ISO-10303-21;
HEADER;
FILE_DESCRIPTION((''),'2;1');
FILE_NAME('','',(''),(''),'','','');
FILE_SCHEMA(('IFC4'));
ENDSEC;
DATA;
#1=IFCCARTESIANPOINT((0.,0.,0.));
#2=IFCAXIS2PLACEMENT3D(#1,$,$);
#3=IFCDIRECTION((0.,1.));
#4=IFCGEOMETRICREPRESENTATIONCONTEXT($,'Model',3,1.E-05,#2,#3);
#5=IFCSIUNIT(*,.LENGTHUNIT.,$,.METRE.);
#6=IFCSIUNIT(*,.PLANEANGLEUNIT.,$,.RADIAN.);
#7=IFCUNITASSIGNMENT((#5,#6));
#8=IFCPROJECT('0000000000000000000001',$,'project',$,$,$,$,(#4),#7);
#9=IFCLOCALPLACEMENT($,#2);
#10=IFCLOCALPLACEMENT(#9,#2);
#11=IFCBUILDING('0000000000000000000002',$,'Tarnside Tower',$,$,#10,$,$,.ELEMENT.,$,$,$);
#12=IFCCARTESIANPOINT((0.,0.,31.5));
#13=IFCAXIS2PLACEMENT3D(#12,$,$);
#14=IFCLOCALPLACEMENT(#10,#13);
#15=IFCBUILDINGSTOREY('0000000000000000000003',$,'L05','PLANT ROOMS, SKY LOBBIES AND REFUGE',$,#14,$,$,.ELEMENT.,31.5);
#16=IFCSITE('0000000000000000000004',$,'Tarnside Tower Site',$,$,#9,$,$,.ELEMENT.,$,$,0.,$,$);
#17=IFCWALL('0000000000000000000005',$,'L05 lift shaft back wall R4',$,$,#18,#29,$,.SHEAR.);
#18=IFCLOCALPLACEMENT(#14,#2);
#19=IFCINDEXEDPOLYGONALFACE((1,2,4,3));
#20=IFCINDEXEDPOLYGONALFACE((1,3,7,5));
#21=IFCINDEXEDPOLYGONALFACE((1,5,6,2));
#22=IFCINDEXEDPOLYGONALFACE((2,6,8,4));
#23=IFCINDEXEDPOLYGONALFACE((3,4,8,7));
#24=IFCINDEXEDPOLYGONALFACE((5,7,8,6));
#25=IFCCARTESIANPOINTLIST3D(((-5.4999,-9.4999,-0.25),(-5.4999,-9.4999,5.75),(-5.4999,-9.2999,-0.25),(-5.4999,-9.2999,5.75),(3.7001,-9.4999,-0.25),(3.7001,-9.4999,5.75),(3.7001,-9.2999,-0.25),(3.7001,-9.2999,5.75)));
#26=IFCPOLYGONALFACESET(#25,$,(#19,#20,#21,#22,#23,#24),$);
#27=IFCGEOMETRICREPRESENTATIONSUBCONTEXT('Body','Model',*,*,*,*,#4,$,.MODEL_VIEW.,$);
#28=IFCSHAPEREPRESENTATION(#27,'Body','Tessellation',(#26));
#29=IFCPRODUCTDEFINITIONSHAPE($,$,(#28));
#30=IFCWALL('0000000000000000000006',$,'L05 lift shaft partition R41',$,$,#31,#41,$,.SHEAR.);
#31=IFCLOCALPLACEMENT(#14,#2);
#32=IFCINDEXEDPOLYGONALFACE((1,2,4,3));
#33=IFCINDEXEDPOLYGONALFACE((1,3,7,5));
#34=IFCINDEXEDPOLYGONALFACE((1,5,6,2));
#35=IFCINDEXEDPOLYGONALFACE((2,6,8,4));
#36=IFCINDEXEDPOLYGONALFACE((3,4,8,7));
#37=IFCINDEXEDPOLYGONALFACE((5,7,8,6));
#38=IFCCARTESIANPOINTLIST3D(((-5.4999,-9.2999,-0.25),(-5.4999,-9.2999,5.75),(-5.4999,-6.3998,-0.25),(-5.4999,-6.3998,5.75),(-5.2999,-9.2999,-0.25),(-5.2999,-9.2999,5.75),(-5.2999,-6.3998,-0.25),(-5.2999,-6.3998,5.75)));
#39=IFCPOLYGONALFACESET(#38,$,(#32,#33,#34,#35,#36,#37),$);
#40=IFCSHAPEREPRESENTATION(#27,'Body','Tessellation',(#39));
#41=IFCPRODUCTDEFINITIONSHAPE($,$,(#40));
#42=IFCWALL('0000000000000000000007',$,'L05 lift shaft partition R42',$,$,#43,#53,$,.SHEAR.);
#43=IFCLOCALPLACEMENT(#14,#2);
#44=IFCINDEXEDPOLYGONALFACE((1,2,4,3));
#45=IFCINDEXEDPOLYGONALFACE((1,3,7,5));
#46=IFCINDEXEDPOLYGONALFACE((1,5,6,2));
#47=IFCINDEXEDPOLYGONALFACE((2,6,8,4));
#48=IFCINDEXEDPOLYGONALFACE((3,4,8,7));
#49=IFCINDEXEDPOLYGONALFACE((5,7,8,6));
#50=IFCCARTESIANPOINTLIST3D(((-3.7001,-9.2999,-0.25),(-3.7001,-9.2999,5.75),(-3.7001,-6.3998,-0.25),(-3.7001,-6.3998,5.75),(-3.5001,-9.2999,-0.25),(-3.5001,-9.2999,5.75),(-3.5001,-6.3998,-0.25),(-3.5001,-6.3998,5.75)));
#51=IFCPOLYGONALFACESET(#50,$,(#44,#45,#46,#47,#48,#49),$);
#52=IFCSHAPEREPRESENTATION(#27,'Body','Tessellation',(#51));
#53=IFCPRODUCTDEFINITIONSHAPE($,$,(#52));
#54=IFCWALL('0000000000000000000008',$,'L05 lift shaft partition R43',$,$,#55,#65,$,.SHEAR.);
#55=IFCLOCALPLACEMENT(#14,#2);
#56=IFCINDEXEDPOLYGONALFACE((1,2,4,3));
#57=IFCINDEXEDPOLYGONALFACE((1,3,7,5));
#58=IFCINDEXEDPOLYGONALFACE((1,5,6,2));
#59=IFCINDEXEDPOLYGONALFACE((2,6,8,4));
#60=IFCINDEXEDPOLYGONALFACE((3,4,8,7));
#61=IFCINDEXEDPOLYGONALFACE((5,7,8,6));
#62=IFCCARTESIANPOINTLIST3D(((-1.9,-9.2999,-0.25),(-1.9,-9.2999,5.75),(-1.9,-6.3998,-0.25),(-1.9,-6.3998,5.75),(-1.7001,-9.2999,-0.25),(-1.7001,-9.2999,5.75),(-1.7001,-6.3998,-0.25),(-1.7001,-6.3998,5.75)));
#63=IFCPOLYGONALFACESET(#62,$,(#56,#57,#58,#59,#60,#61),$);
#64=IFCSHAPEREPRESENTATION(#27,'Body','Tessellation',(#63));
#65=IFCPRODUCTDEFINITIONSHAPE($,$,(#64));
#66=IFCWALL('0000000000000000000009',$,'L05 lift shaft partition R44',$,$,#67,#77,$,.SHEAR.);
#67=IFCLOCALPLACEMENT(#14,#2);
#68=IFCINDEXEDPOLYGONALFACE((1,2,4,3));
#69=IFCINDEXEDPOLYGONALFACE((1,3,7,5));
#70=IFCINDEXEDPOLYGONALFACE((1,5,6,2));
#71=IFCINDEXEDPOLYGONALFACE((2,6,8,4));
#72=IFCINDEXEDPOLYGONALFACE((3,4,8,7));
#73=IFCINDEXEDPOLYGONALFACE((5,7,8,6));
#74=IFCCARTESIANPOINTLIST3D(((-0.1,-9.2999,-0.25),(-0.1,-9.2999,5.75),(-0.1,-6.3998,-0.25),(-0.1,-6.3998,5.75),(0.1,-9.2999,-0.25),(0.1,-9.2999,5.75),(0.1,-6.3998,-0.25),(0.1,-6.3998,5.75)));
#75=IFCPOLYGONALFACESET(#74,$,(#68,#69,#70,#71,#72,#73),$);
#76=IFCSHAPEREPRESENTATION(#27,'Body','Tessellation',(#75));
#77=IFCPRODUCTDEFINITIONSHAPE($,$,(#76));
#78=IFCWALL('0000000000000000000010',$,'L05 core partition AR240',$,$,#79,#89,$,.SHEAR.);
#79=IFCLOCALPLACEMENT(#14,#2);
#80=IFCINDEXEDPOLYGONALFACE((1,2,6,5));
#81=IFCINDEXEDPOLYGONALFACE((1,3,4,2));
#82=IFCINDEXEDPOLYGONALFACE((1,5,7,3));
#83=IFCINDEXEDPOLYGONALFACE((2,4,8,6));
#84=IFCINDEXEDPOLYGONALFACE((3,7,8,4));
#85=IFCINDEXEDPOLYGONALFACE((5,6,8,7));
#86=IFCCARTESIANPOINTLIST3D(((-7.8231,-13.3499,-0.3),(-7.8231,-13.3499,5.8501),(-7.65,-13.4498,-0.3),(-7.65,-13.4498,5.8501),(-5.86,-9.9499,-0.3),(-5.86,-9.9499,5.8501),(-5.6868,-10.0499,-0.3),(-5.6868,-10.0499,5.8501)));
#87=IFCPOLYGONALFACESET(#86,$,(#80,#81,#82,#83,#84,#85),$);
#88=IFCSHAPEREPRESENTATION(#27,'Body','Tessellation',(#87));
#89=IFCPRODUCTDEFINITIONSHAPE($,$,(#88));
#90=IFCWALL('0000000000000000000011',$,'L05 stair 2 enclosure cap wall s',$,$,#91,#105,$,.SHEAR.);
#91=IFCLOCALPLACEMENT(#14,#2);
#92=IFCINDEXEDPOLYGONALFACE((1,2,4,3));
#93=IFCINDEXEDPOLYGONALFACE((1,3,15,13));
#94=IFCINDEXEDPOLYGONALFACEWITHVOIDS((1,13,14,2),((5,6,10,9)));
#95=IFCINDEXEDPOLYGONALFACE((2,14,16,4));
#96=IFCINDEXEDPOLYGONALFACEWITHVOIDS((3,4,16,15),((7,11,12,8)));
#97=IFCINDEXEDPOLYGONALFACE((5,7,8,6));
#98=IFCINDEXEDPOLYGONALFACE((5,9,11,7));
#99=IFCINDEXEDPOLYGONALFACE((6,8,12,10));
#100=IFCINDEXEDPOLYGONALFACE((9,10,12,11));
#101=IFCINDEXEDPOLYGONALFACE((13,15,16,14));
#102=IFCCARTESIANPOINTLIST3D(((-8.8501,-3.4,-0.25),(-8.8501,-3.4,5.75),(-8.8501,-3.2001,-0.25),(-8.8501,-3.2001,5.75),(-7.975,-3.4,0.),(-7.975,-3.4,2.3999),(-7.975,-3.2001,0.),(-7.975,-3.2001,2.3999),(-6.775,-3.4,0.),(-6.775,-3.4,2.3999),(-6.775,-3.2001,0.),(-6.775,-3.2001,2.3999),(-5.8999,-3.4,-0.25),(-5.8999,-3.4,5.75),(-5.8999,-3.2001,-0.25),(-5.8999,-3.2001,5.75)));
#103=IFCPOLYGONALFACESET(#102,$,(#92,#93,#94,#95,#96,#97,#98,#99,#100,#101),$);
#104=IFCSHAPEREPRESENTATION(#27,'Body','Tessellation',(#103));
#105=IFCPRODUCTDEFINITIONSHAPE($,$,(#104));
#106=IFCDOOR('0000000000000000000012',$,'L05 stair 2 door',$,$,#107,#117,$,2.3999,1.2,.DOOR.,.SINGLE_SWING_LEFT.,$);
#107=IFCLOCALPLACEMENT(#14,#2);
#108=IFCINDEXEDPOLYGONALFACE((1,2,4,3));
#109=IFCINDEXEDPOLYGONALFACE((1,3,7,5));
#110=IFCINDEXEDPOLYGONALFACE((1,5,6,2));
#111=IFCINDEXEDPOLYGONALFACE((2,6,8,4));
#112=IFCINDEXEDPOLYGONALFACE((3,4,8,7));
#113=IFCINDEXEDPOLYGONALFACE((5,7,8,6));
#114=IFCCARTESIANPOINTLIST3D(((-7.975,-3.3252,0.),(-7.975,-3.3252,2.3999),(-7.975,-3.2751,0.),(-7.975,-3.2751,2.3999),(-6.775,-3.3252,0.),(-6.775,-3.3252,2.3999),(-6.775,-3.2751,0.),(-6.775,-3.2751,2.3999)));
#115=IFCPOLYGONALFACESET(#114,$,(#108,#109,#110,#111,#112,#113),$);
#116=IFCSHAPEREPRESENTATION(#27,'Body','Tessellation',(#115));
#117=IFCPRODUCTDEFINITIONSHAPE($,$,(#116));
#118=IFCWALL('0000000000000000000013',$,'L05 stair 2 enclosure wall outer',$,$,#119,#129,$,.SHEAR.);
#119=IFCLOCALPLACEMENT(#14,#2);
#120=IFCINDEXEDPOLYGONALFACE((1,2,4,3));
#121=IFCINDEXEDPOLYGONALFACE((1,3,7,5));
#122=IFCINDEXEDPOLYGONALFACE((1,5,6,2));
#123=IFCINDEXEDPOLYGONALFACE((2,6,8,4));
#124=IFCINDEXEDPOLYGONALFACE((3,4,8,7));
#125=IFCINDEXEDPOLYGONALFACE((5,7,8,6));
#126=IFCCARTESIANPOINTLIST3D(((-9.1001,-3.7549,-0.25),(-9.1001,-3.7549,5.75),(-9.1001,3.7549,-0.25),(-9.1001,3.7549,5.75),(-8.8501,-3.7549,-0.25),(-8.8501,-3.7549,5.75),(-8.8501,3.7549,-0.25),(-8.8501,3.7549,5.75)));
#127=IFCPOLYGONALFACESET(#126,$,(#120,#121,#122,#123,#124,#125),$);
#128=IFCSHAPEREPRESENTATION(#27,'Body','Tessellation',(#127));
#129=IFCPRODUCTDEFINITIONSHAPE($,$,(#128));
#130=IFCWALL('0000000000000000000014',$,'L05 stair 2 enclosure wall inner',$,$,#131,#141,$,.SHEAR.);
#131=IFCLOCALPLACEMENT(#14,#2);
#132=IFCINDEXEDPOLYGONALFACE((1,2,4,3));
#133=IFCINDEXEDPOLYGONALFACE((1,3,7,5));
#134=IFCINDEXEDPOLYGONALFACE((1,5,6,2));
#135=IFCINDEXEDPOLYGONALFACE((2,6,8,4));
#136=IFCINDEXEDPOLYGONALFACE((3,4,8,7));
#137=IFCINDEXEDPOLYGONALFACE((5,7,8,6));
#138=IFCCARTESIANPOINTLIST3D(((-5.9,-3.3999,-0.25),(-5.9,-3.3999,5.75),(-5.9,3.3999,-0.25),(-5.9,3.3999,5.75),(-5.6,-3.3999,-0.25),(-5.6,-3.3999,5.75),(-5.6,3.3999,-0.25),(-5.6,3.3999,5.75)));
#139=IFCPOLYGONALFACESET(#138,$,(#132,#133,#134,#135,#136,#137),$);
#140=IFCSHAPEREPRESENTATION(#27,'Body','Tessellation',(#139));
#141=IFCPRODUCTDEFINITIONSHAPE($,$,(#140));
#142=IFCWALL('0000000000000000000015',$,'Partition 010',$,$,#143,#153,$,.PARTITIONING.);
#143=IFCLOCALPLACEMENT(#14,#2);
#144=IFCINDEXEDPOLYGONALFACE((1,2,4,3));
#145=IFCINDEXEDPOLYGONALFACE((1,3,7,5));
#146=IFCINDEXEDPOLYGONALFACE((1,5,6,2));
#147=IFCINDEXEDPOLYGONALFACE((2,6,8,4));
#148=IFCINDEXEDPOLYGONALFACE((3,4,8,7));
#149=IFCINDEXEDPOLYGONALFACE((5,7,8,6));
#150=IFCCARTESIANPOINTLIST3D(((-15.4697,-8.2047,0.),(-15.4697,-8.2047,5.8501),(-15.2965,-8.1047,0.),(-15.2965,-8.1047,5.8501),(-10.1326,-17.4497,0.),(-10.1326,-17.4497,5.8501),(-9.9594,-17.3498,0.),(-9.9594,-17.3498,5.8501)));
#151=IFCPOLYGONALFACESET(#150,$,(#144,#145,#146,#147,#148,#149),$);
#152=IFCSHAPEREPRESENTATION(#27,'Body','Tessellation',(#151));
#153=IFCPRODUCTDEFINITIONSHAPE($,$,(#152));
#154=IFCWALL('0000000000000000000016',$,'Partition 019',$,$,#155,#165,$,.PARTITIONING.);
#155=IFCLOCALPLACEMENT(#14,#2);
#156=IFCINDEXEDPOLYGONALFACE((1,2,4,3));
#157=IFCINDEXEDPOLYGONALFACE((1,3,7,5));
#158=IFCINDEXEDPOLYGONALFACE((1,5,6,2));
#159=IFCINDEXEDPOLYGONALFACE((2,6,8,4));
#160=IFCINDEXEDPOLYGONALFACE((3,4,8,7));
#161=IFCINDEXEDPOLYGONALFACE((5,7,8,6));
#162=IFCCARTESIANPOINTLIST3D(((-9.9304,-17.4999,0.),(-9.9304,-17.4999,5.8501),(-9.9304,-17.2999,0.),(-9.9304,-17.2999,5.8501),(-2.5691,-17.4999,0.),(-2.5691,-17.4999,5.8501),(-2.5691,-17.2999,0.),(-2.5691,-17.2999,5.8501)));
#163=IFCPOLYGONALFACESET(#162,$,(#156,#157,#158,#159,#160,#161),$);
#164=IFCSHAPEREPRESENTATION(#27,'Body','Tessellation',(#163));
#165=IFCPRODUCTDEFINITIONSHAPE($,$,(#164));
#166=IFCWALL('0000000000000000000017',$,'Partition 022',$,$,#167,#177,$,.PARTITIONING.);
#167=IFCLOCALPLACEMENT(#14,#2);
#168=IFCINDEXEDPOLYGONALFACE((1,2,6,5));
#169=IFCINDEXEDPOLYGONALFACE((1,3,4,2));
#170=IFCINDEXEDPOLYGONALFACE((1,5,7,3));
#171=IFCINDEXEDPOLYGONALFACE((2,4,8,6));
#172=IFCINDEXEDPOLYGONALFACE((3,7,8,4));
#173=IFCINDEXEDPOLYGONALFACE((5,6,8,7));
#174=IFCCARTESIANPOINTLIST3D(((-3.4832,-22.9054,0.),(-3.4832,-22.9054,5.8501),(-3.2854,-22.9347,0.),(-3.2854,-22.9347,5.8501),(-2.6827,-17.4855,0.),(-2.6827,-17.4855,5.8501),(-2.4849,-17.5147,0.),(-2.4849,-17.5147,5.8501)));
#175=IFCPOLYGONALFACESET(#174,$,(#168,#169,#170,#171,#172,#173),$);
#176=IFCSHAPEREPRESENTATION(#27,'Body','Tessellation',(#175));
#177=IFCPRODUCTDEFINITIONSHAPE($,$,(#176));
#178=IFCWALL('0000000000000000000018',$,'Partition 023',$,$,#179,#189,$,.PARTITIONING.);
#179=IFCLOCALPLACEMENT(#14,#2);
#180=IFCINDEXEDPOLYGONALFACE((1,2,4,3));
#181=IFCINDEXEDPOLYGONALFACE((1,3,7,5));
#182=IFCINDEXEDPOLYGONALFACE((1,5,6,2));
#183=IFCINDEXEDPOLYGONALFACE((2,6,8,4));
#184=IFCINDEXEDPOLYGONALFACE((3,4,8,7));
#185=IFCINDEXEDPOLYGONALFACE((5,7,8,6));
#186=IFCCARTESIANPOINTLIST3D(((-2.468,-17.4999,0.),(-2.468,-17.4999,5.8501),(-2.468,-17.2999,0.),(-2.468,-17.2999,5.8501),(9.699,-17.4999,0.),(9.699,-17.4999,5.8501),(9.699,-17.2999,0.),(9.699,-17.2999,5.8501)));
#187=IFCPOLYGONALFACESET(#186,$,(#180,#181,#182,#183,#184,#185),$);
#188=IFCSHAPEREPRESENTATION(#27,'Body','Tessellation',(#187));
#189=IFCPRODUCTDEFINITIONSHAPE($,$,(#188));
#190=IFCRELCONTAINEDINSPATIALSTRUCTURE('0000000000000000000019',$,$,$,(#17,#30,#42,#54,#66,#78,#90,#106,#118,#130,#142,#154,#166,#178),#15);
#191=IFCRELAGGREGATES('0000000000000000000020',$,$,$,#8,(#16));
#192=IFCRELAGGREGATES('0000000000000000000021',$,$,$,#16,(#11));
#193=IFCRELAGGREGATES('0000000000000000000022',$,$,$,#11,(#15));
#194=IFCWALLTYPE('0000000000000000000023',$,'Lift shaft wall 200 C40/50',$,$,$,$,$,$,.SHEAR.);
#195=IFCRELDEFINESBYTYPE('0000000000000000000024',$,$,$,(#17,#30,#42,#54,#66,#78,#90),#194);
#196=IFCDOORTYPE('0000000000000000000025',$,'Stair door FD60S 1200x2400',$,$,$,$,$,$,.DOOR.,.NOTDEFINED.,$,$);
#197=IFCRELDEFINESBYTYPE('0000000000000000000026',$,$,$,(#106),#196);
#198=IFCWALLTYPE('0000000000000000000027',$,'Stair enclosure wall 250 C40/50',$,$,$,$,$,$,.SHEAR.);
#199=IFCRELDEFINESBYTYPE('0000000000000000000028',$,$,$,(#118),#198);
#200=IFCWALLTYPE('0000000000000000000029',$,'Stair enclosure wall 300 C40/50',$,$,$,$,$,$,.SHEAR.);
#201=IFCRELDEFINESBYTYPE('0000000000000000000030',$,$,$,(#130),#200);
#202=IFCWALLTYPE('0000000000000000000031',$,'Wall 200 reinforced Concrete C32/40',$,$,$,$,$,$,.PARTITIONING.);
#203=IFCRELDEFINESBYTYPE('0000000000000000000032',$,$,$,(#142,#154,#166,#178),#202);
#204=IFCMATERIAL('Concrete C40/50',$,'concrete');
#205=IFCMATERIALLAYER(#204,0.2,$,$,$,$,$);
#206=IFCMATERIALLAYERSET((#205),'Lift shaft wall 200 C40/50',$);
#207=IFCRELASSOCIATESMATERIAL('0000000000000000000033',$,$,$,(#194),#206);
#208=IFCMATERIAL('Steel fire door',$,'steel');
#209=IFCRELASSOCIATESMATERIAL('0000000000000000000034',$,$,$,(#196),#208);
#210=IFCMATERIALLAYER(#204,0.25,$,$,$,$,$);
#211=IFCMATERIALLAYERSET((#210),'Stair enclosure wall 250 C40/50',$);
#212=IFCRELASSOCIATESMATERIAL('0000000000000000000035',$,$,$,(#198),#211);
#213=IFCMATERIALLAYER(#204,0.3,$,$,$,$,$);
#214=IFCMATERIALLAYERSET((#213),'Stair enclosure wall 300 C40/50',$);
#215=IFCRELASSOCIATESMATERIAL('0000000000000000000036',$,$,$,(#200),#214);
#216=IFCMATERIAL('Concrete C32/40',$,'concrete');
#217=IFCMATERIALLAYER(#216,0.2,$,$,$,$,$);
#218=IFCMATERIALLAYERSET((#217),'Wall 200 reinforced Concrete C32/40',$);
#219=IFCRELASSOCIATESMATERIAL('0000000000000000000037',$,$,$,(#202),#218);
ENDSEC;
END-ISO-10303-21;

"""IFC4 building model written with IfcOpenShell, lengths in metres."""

from ifc_helpers import new_model, si_unit, direction, frame, frame_2d, origin, place, context, subcontext, project, spatial, rectangle, extrude, material, layer, layer_set, type_object, element, fill, save


model = new_model("IFC4")

# Units and contexts
model_context = context("Model", 3, precision=1e-05, world=origin(), true_north=direction((0.0, 1.0)))
body_context = subcontext(model_context, "Body", "Model", "MODEL_VIEW")
ifc_project = project(units=[si_unit("LENGTHUNIT", "METRE"), si_unit("PLANEANGLEUNIT", "RADIAN")], contexts=[model_context])

# Site, building, storey
site_placement = place(None, origin())
site = spatial("IfcSite", under=ifc_project, at=site_placement, Name="Tarnside Tower Site", CompositionType="ELEMENT", RefElevation=0.0)
building_placement = place(site_placement, origin())
building = spatial("IfcBuilding", under=site, at=building_placement, Name="Tarnside Tower", CompositionType="ELEMENT")
storey_placement = place(building_placement, frame((0.0, 0.0, 31.5)))
storey = spatial("IfcBuildingStorey", under=building, at=storey_placement, Name="L05", Description="PLANT ROOMS, SKY LOBBIES AND REFUGE", CompositionType="ELEMENT", Elevation=31.5)

# Shared definitions
ifc_material_1 = material(Name="Concrete C40/50", Category="concrete")

# Shared definitions
ifc_material_2 = material(Name="Steel fire door", Category="steel")

# Shared definitions
ifc_layer_1 = layer(ifc_material_1, 0.2)
ifc_layer_set_1 = layer_set([ifc_layer_1], Name="Lift shaft wall 200 C40/50")
wall_type_1 = type_object("IfcWallType", Name="Lift shaft wall 200 C40/50", PredefinedType="SHEAR", material=ifc_layer_set_1)

# Walls
wall_1_placement = place(storey_placement, frame((-5.5, -9.3999, -0.25), z_axis=(0.0, 0.0, 1.0), x_axis=(1.0, 0.0, 0.0)))
element("IfcWall", 1, at=wall_1_placement, inside=storey, type_object=wall_type_1, Name="L05 lift shaft back wall R4", PredefinedType="SHEAR", context=body_context, shape_type="SweptSolid", body=[
    extrude(rectangle(XDim=9.2, YDim=0.2, at=frame_2d((4.6001, 0.0))), origin(), (0.0, 0.0, 1.0), 6.0),
])
for number, where, z_axis, x_axis, name in (
    (2, (-5.3999, -9.3, -0.25), (0.0, 0.0, 1.0), (0.0, 1.0, 0.0), "L05 lift shaft partition R41"),
    (3, (-3.6001, -9.3, -0.25), (0.0, 0.0, 1.0), (0.0, 1.0, 0.0), "L05 lift shaft partition R42"),
    (4, (-1.8, -9.3, -0.25), (0.0, 0.0, 1.0), (0.0, 1.0, 0.0), "L05 lift shaft partition R43"),
    (5, (0.0, -9.3, -0.25), (0.0, 0.0, 1.0), (0.0, 1.0, 0.0), "L05 lift shaft partition R44"),
):
    element("IfcWall", number, at=place(storey_placement, frame(where, z_axis=z_axis, x_axis=x_axis)), inside=storey, type_object=wall_type_1, Name=name, PredefinedType="SHEAR", context=body_context, shape_type="SweptSolid", body=[
        extrude(rectangle(XDim=2.9001, YDim=0.2, at=frame_2d((1.4502, 0.0))), origin(), (0.0, 0.0, 1.0), 6.0),
    ])
wall_2_placement = place(storey_placement, frame((-5.7734, -10.0, -0.3), z_axis=(0.0, 0.0, 1.0), x_axis=(-0.500038, -0.866003, 0.0)))
element("IfcWall", 6, at=wall_2_placement, inside=storey, type_object=wall_type_1, Name="L05 core partition AR240", PredefinedType="SHEAR", context=body_context, shape_type="SweptSolid", body=[
    extrude(rectangle(XDim=3.926, YDim=0.2, at=frame_2d((1.9629, 0.0))), origin(), (0.0, 0.0, 1.0), 6.1501),
])

# Wall, opening, door
wall_3_placement = place(storey_placement, frame((-8.8501, -3.3, -0.25), z_axis=(0.0, 0.0, 1.0), x_axis=(1.0, 0.0, 0.0)))
wall_3 = element("IfcWall", 7, at=wall_3_placement, inside=storey, type_object=wall_type_1, Name="L05 stair 2 enclosure cap wall s", PredefinedType="SHEAR", context=body_context, shape_type="SweptSolid", body=[
    extrude(rectangle(XDim=2.9502, YDim=0.2, at=frame_2d((1.4751, 0.0))), origin(), (0.0, 0.0, 1.0), 6.0),
])
opening_1_placement = place(wall_3_placement, frame((0.875, 0.0, 0.25)))
opening_1 = element("IfcOpeningElement", 8, at=opening_1_placement, cuts=wall_3, PredefinedType="OPENING", context=body_context, shape_type="SweptSolid", body=[
    extrude(rectangle(XDim=1.2, YDim=2.3999, at=frame_2d((0.6001, 1.2))), frame((0.0, 0.1099, 0.0), z_axis=(0.0, -1.0, 0.0), x_axis=(1.0, 0.0, 0.0)), (0.0, 0.0, 1.0), 0.22),
])
door_type_1 = type_object("IfcDoorType", Name="Stair door FD60S 1200x2400", OperationType="NOTDEFINED", PredefinedType="DOOR", material=ifc_material_2)
door_1_placement = place(opening_1_placement, origin())
door_1 = element("IfcDoor", 9, at=door_1_placement, inside=storey, type_object=door_type_1, Name="L05 stair 2 door", OperationType="SINGLE_SWING_LEFT", OverallHeight=2.3999, OverallWidth=1.2, PredefinedType="DOOR", context=body_context, shape_type="SweptSolid", body=[
    extrude(rectangle(XDim=1.2, YDim=2.3999, at=frame_2d((0.6001, 1.2))), frame((0.0, 0.0249, 0.0), z_axis=(0.0, -1.0, 0.0), x_axis=(1.0, 0.0, 0.0)), (0.0, 0.0, 1.0), 0.05),
])
fill(opening_1, door_1)

# Walls
ifc_layer_2 = layer(ifc_material_1, 0.25)
ifc_layer_set_2 = layer_set([ifc_layer_2], Name="Stair enclosure wall 250 C40/50")
wall_type_2 = type_object("IfcWallType", Name="Stair enclosure wall 250 C40/50", PredefinedType="SHEAR", material=ifc_layer_set_2)
wall_4_placement = place(storey_placement, frame((-8.9751, -3.7549, -0.25), z_axis=(0.0, 0.0, 1.0), x_axis=(0.0, 1.0, 0.0)))
element("IfcWall", 10, at=wall_4_placement, inside=storey, type_object=wall_type_2, Name="L05 stair 2 enclosure wall outer", PredefinedType="SHEAR", context=body_context, shape_type="SweptSolid", body=[
    extrude(rectangle(XDim=7.5098, YDim=0.25, at=frame_2d((3.7549, 0.0))), origin(), (0.0, 0.0, 1.0), 6.0),
])
ifc_layer_3 = layer(ifc_material_1, 0.3)
ifc_layer_set_3 = layer_set([ifc_layer_3], Name="Stair enclosure wall 300 C40/50")
wall_type_3 = type_object("IfcWallType", Name="Stair enclosure wall 300 C40/50", PredefinedType="SHEAR", material=ifc_layer_set_3)
wall_5_placement = place(storey_placement, frame((-5.75, -3.3999, -0.25), z_axis=(0.0, 0.0, 1.0), x_axis=(0.0, 1.0, 0.0)))
element("IfcWall", 11, at=wall_5_placement, inside=storey, type_object=wall_type_3, Name="L05 stair 2 enclosure wall inner", PredefinedType="SHEAR", context=body_context, shape_type="SweptSolid", body=[
    extrude(rectangle(XDim=6.7998, YDim=0.3, at=frame_2d((3.3999, 0.0))), origin(), (0.0, 0.0, 1.0), 6.0),
])
ifc_material_3 = material(Name="Concrete C32/40", Category="concrete")
ifc_layer_4 = layer(ifc_material_3, 0.2)
ifc_layer_set_4 = layer_set([ifc_layer_4], Name="Wall 200 reinforced Concrete C32/40")
wall_type_4 = type_object("IfcWallType", Name="Wall 200 reinforced Concrete C32/40", PredefinedType="PARTITIONING", material=ifc_layer_set_4)
wall_6_placement = place(storey_placement, frame((-15.3831, -8.1548, 0.0), z_axis=(0.0, 0.0, 1.0), x_axis=(0.499964, -0.866046, 0.0)))
element("IfcWall", 12, at=wall_6_placement, inside=storey, type_object=wall_type_4, Name="Partition 010", PredefinedType="PARTITIONING", context=body_context, shape_type="SweptSolid", body=[
    extrude(rectangle(XDim=10.675, YDim=0.2, at=frame_2d((5.3374, 0.0))), origin(), (0.0, 0.0, 1.0), 5.8501),
])
wall_7_placement = place(storey_placement, frame((-9.9304, -17.3999, 0.0), z_axis=(0.0, 0.0, 1.0), x_axis=(1.0, 0.0, 0.0)))
element("IfcWall", 13, at=wall_7_placement, inside=storey, type_object=wall_type_4, Name="Partition 019", PredefinedType="PARTITIONING", context=body_context, shape_type="SweptSolid", body=[
    extrude(rectangle(XDim=7.3613, YDim=0.2, at=frame_2d((3.6807, 0.0))), origin(), (0.0, 0.0, 1.0), 5.8501),
])
wall_8_placement = place(storey_placement, frame((-3.3843, -22.9199, 0.0), z_axis=(0.0, 0.0, 1.0), x_axis=(0.146117, 0.989267, 0.0)))
element("IfcWall", 14, at=wall_8_placement, inside=storey, type_object=wall_type_4, Name="Partition 022", PredefinedType="PARTITIONING", context=body_context, shape_type="SweptSolid", body=[
    extrude(rectangle(XDim=5.4788, YDim=0.2, at=frame_2d((2.7393, 0.0))), origin(), (0.0, 0.0, 1.0), 5.8501),
])
wall_9_placement = place(storey_placement, frame((-2.468, -17.3999, 0.0), z_axis=(0.0, 0.0, 1.0), x_axis=(1.0, 0.0, 0.0)))
element("IfcWall", 15, at=wall_9_placement, inside=storey, type_object=wall_type_4, Name="Partition 023", PredefinedType="PARTITIONING", context=body_context, shape_type="SweptSolid", body=[
    extrude(rectangle(XDim=12.167, YDim=0.2, at=frame_2d((6.0835, 0.0))), origin(), (0.0, 0.0, 1.0), 5.8501),
])

save(model, "model.ifc")
